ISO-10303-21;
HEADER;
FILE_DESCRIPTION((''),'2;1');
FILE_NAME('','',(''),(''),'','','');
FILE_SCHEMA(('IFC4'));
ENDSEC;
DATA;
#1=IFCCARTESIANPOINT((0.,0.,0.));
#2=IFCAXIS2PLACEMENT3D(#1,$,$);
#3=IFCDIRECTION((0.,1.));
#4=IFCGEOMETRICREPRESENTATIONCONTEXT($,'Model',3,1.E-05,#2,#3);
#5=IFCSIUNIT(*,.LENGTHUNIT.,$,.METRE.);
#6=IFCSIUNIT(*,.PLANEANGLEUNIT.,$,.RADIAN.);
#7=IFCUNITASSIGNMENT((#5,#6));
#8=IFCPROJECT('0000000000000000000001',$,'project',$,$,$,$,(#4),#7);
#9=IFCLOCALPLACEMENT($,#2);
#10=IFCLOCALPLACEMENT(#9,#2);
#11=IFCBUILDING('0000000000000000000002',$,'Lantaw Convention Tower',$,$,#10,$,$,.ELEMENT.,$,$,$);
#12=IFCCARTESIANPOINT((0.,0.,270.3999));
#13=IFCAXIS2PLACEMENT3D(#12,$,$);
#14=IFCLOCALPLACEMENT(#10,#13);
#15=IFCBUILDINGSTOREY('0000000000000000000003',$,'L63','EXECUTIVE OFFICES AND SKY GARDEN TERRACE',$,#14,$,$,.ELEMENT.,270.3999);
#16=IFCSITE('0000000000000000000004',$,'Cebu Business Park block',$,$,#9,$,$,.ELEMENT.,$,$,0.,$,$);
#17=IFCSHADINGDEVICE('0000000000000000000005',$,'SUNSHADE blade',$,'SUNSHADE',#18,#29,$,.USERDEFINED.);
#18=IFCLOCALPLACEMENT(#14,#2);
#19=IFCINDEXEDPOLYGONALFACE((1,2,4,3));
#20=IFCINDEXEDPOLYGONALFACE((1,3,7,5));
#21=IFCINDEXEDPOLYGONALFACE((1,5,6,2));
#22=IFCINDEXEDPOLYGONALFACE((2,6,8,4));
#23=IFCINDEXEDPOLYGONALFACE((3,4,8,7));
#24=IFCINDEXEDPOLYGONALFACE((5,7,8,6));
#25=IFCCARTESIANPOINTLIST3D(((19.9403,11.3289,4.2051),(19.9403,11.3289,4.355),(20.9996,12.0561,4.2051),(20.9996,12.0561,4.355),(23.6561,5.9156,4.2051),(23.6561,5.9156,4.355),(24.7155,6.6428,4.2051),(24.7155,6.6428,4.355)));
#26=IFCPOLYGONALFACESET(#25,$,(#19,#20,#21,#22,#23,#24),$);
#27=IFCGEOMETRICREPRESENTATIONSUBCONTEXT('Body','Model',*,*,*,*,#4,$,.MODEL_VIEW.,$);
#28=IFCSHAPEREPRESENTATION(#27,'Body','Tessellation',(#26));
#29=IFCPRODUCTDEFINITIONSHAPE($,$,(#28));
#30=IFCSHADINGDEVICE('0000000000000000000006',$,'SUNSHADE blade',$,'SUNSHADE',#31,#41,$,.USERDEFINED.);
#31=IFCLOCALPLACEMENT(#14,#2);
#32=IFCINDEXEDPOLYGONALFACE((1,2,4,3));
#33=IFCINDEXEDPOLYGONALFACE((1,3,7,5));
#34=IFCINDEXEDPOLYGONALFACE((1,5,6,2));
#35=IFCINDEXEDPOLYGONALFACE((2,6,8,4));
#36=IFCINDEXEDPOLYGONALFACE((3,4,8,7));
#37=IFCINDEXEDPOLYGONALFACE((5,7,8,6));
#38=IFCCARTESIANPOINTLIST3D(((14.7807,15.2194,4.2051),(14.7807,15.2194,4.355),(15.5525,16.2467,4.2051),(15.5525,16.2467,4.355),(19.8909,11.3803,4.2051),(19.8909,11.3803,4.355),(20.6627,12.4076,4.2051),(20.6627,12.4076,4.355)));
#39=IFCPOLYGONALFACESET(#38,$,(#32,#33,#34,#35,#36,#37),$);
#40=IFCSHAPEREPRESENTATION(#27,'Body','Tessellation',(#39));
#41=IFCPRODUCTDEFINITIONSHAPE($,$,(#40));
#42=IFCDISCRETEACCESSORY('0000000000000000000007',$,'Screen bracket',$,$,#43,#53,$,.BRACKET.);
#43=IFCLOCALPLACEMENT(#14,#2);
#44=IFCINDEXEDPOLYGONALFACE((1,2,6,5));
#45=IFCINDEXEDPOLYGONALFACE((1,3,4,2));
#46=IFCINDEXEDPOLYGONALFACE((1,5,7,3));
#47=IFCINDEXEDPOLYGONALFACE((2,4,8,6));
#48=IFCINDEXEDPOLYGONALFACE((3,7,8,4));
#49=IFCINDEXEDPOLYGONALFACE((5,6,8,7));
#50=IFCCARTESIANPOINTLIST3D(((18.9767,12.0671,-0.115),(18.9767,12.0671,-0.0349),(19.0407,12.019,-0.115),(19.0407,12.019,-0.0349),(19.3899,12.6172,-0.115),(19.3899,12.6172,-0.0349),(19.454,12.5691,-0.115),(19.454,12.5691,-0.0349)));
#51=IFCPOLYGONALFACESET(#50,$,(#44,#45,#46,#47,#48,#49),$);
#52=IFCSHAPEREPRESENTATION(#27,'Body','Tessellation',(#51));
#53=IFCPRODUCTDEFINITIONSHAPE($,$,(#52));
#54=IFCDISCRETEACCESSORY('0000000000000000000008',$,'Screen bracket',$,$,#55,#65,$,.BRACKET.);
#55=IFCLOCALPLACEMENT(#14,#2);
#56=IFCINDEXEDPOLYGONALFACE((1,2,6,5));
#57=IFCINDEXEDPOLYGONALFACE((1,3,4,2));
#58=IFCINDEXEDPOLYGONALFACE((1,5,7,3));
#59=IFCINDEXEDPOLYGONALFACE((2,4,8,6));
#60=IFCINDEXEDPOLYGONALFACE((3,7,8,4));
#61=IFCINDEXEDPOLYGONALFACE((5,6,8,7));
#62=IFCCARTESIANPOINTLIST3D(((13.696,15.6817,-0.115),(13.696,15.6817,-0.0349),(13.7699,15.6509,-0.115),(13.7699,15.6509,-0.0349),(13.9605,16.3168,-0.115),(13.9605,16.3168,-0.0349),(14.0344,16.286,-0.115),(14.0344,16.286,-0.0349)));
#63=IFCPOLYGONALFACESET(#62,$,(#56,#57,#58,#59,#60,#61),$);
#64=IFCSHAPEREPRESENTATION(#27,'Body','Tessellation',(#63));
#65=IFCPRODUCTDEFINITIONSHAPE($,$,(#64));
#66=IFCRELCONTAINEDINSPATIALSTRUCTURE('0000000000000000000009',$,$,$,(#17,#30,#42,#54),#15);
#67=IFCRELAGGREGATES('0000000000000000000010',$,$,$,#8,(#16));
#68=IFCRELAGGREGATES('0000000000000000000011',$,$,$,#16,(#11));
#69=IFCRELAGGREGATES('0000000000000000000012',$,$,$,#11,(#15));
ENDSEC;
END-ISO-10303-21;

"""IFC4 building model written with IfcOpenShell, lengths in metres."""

from ifc_helpers import new_model, si_unit, direction, frame, origin, origin_2d, place, context, subcontext, project, spatial, rectangle, extrude, element, save


model = new_model("IFC4")

# Units and contexts
model_context = context("Model", 3, precision=1e-05, world=origin(), true_north=direction((0.0, 1.0)))
body_context = subcontext(model_context, "Body", "Model", "MODEL_VIEW")
ifc_project = project(units=[si_unit("LENGTHUNIT", "METRE"), si_unit("PLANEANGLEUNIT", "RADIAN")], contexts=[model_context])

# Site, building, storey
site_placement = place(None, origin())
site = spatial("IfcSite", under=ifc_project, at=site_placement, Name="Cebu Business Park block", CompositionType="ELEMENT", RefElevation=0.0)
building_placement = place(site_placement, origin())
building = spatial("IfcBuilding", under=site, at=building_placement, Name="Lantaw Convention Tower", CompositionType="ELEMENT")
storey_placement = place(building_placement, frame((0.0, 0.0, 270.3999)))
storey = spatial("IfcBuildingStorey", under=building, at=storey_placement, Name="L63", Description="EXECUTIVE OFFICES AND SKY GARDEN TERRACE", CompositionType="ELEMENT", Elevation=270.3999)

# Shading devices
shading_device_1_placement = place(storey_placement, frame((22.3279, 8.9858, 4.2051), z_axis=(0.0, 0.0, 1.0), x_axis=(-0.565935, 0.82445, 0.0)))
element("IfcShadingDevice", 1, at=shading_device_1_placement, inside=storey, Name="SUNSHADE blade", ObjectType="SUNSHADE", PredefinedType="USERDEFINED", context=body_context, shape_type="SweptSolid", body=[
    extrude(rectangle(XDim=6.5659, YDim=1.2849, at=origin_2d()), origin(), (0.0, 0.0, 1.0), 0.1499),
])
shading_device_2_placement = place(storey_placement, frame((17.7217, 13.8135, 4.2051), z_axis=(0.0, 0.0, 1.0), x_axis=(-0.799518, 0.600643, 0.0)))
element("IfcShadingDevice", 2, at=shading_device_2_placement, inside=storey, Name="SUNSHADE blade", ObjectType="SUNSHADE", PredefinedType="USERDEFINED", context=body_context, shape_type="SweptSolid", body=[
    extrude(rectangle(XDim=6.3916, YDim=1.2849, at=origin_2d()), origin(), (0.0, 0.0, 1.0), 0.1499),
])

# Discrete accessories
for number, where, z_axis, x_axis, name in (
    (3, (19.2153, 12.3181, -0.115), (0.0, 0.0, 1.0), (-0.799518, 0.600643, 0.0), "Screen bracket"),
    (4, (13.8652, 15.9839, -0.115), (0.0, 0.0, 1.0), (-0.923142, 0.38446, 0.0), "Screen bracket"),
):
    element("IfcDiscreteAccessory", number, at=place(storey_placement, frame(where, z_axis=z_axis, x_axis=x_axis)), inside=storey, Name=name, PredefinedType="BRACKET", context=body_context, shape_type="SweptSolid", body=[
        extrude(rectangle(XDim=0.0801, YDim=0.688, at=origin_2d()), origin(), (0.0, 0.0, 1.0), 0.0801),
    ])

save(model, "model.ifc")
